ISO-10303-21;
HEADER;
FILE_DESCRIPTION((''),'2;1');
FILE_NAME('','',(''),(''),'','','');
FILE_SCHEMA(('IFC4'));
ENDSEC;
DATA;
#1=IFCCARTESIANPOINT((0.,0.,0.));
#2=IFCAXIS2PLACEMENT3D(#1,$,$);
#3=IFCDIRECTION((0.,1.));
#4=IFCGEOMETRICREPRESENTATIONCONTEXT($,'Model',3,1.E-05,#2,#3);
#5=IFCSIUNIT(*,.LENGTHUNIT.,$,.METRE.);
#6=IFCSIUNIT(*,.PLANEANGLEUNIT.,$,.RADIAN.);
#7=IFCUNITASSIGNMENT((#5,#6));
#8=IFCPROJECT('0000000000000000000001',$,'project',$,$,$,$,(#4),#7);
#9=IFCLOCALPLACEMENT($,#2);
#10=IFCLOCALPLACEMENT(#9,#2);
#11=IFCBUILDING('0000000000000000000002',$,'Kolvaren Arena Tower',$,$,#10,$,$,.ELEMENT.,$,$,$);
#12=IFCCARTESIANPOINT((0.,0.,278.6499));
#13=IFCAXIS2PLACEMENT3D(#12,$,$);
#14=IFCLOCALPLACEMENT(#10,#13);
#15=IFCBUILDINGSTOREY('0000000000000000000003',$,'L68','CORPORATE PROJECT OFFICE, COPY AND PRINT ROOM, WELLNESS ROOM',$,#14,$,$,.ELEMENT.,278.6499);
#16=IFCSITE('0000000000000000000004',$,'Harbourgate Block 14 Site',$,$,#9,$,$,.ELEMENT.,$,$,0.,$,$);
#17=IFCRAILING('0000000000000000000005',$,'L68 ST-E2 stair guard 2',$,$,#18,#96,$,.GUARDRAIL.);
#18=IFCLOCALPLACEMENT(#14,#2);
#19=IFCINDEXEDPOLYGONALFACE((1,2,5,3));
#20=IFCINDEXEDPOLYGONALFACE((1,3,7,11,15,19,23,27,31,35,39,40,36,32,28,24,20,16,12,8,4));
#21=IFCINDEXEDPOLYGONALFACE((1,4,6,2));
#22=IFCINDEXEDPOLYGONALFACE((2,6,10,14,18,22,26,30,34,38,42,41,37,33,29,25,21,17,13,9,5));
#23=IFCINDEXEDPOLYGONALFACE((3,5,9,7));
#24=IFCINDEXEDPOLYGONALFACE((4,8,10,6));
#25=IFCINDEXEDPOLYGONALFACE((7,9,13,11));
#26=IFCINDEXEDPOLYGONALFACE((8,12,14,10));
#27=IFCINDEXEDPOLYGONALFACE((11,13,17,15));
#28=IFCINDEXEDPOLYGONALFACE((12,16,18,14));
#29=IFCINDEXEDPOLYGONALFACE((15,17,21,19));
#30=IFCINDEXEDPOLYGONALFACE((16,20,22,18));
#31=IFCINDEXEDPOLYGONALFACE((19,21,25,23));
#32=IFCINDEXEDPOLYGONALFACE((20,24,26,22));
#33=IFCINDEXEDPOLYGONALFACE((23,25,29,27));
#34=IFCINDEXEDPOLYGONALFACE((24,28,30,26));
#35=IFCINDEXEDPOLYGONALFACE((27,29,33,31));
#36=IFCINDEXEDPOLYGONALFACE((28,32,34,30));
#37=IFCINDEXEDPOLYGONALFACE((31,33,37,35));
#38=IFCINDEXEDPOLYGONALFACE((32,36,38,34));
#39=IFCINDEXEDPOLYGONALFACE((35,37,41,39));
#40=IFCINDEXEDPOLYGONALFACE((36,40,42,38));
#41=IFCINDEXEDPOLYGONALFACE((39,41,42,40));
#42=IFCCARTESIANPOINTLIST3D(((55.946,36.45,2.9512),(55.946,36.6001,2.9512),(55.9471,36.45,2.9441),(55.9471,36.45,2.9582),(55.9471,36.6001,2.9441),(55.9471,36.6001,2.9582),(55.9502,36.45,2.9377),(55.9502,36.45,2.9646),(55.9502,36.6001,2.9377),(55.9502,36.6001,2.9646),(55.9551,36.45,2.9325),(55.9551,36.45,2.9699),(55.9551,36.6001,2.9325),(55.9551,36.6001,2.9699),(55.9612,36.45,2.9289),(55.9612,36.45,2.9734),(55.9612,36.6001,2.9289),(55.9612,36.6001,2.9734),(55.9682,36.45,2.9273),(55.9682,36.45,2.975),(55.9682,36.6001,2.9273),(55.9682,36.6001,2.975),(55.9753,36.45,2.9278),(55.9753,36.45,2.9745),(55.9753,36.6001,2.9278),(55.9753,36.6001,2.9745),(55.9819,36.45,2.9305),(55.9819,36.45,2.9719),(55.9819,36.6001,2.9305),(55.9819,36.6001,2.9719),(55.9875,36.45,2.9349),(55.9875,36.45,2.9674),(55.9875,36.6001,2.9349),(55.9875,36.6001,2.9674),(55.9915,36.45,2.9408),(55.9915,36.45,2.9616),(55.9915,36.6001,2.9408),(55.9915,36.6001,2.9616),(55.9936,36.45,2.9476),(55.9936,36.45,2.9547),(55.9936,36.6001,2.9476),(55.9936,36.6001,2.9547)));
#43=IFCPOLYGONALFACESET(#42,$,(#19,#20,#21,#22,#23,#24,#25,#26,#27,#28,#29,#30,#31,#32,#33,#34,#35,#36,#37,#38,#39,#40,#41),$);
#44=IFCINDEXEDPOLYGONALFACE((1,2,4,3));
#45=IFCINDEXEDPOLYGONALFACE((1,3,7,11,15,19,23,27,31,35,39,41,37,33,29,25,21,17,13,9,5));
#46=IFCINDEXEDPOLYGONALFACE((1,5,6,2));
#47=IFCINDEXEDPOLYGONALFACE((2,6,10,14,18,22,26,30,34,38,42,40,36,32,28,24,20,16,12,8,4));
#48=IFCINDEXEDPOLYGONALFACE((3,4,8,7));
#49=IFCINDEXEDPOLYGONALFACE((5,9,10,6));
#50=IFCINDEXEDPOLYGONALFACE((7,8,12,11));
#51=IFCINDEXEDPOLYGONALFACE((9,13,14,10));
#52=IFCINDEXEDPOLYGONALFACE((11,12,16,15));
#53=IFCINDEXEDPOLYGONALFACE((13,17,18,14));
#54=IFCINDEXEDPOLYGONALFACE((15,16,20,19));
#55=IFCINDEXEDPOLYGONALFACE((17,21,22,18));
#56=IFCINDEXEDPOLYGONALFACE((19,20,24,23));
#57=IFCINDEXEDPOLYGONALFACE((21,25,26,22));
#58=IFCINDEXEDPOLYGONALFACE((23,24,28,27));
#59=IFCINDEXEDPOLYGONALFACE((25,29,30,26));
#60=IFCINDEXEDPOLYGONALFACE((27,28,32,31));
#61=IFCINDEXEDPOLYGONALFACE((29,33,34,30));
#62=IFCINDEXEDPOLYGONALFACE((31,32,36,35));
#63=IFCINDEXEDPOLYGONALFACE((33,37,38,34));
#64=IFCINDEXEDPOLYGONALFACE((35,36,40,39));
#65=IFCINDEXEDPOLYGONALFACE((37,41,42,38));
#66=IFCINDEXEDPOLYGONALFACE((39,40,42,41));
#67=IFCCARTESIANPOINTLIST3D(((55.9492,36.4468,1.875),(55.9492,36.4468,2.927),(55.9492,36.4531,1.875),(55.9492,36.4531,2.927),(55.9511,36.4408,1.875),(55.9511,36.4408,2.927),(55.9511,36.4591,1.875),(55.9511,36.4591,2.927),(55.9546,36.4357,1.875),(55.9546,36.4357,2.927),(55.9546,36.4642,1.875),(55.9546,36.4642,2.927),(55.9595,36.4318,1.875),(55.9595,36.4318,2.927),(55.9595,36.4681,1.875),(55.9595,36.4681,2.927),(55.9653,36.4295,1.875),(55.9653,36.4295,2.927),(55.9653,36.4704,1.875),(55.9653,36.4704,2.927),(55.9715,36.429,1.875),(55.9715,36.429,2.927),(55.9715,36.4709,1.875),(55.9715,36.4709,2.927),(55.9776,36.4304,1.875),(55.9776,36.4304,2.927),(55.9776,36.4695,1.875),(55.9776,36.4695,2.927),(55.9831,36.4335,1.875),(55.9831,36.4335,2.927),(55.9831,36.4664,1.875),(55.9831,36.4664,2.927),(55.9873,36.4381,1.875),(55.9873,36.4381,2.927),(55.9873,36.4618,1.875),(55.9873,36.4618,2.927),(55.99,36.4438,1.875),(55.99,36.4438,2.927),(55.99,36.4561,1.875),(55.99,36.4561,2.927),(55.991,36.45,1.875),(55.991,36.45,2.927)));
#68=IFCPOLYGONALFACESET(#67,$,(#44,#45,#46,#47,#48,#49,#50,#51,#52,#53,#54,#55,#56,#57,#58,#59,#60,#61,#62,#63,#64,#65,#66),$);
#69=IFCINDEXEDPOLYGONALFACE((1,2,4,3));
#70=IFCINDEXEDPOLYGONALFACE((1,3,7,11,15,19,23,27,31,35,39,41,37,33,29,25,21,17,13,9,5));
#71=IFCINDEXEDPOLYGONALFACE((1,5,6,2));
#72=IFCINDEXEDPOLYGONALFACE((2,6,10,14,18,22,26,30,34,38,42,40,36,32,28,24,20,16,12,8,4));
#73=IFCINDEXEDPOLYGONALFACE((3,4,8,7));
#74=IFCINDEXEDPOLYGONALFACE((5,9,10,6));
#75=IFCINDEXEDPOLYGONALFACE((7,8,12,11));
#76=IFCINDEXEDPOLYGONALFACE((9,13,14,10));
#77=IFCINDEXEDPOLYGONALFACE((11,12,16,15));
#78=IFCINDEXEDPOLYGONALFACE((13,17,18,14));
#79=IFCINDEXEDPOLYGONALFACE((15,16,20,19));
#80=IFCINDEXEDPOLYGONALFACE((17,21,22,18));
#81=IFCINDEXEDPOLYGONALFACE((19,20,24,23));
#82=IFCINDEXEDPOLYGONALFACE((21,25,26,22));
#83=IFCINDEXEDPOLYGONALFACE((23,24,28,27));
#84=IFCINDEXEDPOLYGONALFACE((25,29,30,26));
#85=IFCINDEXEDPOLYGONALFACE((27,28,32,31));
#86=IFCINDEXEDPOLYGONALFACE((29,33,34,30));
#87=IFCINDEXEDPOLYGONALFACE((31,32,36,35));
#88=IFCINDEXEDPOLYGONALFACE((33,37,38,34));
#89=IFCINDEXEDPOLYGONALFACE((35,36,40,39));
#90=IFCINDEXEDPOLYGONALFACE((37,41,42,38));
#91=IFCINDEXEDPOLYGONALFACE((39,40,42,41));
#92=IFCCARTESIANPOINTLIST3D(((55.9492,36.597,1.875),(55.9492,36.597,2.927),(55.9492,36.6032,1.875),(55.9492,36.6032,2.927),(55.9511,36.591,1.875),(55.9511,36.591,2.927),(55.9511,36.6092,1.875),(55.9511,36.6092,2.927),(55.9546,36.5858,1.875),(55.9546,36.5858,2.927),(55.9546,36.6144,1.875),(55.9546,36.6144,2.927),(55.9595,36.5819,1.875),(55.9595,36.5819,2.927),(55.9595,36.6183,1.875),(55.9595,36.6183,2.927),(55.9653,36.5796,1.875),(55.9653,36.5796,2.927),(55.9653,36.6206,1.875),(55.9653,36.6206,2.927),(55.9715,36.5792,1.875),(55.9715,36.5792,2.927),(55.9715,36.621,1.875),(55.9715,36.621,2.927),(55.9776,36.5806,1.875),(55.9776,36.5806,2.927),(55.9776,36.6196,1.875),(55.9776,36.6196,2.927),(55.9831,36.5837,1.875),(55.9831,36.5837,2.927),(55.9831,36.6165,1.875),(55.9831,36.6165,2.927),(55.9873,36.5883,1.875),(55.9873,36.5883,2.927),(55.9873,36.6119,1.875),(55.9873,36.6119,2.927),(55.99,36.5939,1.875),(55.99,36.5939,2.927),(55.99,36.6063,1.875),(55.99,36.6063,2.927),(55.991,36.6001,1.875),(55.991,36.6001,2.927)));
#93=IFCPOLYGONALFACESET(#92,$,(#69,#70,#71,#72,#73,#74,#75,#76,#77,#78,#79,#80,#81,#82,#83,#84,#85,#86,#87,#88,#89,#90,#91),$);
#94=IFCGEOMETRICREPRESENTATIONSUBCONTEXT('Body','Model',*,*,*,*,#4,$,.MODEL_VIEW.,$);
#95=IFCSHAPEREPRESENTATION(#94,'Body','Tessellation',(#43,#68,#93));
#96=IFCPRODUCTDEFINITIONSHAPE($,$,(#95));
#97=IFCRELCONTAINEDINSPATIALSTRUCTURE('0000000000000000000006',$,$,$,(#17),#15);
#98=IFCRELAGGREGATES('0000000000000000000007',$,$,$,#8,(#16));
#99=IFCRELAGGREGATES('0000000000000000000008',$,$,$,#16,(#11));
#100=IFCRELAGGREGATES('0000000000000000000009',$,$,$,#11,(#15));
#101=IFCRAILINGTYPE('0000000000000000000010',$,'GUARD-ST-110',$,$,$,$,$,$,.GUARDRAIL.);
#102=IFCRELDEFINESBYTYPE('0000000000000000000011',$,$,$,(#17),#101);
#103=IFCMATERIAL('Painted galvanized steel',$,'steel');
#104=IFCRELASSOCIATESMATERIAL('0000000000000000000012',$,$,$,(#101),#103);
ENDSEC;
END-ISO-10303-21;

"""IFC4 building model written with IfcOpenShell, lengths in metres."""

from ifc_helpers import new_model, si_unit, direction, frame, origin, origin_2d, place, context, subcontext, project, spatial, circle, extrude, material, type_object, element, save


model = new_model("IFC4")

# Units and contexts
model_context = context("Model", 3, precision=1e-05, world=origin(), true_north=direction((0.0, 1.0)))
body_context = subcontext(model_context, "Body", "Model", "MODEL_VIEW")
ifc_project = project(units=[si_unit("LENGTHUNIT", "METRE"), si_unit("PLANEANGLEUNIT", "RADIAN")], contexts=[model_context])

# Site, building, storey
site_placement = place(None, origin())
site = spatial("IfcSite", under=ifc_project, at=site_placement, Name="Harbourgate Block 14 Site", CompositionType="ELEMENT", RefElevation=0.0)
building_placement = place(site_placement, origin())
building = spatial("IfcBuilding", under=site, at=building_placement, Name="Kolvaren Arena Tower", CompositionType="ELEMENT")
storey_placement = place(building_placement, frame((0.0, 0.0, 278.6499)))
storey = spatial("IfcBuildingStorey", under=building, at=storey_placement, Name="L68", Description="CORPORATE PROJECT OFFICE, COPY AND PRINT ROOM, WELLNESS ROOM", CompositionType="ELEMENT", Elevation=278.6499)

# Railing
ifc_material_1 = material(Name="Painted galvanized steel", Category="steel")
railing_type_1 = type_object("IfcRailingType", Name="GUARD-ST-110", PredefinedType="GUARDRAIL", material=ifc_material_1)
railing_1_placement = place(storey_placement, frame((55.97, 36.45, 1.875)))
element("IfcRailing", 1, at=railing_1_placement, inside=storey, type_object=railing_type_1, Name="L68 ST-E2 stair guard 2", PredefinedType="GUARDRAIL", context=body_context, shape_type="SweptSolid", body=[
    extrude(circle(Radius=0.0239, at=origin_2d()), frame((0.0, 0.0, 1.0762), z_axis=(0.0, 1.0, 0.0), x_axis=(-1.0, 0.0, 0.0)), (0.0, 0.0, 1.0), 0.1501),
    extrude(circle(Radius=0.021, at=origin_2d()), origin(), (0.0, 0.0, 1.0), 1.052),
    extrude(circle(Radius=0.021, at=origin_2d()), frame((0.0, 0.1501, 0.0)), (0.0, 0.0, 1.0), 1.052),
])

save(model, "model.ifc")
